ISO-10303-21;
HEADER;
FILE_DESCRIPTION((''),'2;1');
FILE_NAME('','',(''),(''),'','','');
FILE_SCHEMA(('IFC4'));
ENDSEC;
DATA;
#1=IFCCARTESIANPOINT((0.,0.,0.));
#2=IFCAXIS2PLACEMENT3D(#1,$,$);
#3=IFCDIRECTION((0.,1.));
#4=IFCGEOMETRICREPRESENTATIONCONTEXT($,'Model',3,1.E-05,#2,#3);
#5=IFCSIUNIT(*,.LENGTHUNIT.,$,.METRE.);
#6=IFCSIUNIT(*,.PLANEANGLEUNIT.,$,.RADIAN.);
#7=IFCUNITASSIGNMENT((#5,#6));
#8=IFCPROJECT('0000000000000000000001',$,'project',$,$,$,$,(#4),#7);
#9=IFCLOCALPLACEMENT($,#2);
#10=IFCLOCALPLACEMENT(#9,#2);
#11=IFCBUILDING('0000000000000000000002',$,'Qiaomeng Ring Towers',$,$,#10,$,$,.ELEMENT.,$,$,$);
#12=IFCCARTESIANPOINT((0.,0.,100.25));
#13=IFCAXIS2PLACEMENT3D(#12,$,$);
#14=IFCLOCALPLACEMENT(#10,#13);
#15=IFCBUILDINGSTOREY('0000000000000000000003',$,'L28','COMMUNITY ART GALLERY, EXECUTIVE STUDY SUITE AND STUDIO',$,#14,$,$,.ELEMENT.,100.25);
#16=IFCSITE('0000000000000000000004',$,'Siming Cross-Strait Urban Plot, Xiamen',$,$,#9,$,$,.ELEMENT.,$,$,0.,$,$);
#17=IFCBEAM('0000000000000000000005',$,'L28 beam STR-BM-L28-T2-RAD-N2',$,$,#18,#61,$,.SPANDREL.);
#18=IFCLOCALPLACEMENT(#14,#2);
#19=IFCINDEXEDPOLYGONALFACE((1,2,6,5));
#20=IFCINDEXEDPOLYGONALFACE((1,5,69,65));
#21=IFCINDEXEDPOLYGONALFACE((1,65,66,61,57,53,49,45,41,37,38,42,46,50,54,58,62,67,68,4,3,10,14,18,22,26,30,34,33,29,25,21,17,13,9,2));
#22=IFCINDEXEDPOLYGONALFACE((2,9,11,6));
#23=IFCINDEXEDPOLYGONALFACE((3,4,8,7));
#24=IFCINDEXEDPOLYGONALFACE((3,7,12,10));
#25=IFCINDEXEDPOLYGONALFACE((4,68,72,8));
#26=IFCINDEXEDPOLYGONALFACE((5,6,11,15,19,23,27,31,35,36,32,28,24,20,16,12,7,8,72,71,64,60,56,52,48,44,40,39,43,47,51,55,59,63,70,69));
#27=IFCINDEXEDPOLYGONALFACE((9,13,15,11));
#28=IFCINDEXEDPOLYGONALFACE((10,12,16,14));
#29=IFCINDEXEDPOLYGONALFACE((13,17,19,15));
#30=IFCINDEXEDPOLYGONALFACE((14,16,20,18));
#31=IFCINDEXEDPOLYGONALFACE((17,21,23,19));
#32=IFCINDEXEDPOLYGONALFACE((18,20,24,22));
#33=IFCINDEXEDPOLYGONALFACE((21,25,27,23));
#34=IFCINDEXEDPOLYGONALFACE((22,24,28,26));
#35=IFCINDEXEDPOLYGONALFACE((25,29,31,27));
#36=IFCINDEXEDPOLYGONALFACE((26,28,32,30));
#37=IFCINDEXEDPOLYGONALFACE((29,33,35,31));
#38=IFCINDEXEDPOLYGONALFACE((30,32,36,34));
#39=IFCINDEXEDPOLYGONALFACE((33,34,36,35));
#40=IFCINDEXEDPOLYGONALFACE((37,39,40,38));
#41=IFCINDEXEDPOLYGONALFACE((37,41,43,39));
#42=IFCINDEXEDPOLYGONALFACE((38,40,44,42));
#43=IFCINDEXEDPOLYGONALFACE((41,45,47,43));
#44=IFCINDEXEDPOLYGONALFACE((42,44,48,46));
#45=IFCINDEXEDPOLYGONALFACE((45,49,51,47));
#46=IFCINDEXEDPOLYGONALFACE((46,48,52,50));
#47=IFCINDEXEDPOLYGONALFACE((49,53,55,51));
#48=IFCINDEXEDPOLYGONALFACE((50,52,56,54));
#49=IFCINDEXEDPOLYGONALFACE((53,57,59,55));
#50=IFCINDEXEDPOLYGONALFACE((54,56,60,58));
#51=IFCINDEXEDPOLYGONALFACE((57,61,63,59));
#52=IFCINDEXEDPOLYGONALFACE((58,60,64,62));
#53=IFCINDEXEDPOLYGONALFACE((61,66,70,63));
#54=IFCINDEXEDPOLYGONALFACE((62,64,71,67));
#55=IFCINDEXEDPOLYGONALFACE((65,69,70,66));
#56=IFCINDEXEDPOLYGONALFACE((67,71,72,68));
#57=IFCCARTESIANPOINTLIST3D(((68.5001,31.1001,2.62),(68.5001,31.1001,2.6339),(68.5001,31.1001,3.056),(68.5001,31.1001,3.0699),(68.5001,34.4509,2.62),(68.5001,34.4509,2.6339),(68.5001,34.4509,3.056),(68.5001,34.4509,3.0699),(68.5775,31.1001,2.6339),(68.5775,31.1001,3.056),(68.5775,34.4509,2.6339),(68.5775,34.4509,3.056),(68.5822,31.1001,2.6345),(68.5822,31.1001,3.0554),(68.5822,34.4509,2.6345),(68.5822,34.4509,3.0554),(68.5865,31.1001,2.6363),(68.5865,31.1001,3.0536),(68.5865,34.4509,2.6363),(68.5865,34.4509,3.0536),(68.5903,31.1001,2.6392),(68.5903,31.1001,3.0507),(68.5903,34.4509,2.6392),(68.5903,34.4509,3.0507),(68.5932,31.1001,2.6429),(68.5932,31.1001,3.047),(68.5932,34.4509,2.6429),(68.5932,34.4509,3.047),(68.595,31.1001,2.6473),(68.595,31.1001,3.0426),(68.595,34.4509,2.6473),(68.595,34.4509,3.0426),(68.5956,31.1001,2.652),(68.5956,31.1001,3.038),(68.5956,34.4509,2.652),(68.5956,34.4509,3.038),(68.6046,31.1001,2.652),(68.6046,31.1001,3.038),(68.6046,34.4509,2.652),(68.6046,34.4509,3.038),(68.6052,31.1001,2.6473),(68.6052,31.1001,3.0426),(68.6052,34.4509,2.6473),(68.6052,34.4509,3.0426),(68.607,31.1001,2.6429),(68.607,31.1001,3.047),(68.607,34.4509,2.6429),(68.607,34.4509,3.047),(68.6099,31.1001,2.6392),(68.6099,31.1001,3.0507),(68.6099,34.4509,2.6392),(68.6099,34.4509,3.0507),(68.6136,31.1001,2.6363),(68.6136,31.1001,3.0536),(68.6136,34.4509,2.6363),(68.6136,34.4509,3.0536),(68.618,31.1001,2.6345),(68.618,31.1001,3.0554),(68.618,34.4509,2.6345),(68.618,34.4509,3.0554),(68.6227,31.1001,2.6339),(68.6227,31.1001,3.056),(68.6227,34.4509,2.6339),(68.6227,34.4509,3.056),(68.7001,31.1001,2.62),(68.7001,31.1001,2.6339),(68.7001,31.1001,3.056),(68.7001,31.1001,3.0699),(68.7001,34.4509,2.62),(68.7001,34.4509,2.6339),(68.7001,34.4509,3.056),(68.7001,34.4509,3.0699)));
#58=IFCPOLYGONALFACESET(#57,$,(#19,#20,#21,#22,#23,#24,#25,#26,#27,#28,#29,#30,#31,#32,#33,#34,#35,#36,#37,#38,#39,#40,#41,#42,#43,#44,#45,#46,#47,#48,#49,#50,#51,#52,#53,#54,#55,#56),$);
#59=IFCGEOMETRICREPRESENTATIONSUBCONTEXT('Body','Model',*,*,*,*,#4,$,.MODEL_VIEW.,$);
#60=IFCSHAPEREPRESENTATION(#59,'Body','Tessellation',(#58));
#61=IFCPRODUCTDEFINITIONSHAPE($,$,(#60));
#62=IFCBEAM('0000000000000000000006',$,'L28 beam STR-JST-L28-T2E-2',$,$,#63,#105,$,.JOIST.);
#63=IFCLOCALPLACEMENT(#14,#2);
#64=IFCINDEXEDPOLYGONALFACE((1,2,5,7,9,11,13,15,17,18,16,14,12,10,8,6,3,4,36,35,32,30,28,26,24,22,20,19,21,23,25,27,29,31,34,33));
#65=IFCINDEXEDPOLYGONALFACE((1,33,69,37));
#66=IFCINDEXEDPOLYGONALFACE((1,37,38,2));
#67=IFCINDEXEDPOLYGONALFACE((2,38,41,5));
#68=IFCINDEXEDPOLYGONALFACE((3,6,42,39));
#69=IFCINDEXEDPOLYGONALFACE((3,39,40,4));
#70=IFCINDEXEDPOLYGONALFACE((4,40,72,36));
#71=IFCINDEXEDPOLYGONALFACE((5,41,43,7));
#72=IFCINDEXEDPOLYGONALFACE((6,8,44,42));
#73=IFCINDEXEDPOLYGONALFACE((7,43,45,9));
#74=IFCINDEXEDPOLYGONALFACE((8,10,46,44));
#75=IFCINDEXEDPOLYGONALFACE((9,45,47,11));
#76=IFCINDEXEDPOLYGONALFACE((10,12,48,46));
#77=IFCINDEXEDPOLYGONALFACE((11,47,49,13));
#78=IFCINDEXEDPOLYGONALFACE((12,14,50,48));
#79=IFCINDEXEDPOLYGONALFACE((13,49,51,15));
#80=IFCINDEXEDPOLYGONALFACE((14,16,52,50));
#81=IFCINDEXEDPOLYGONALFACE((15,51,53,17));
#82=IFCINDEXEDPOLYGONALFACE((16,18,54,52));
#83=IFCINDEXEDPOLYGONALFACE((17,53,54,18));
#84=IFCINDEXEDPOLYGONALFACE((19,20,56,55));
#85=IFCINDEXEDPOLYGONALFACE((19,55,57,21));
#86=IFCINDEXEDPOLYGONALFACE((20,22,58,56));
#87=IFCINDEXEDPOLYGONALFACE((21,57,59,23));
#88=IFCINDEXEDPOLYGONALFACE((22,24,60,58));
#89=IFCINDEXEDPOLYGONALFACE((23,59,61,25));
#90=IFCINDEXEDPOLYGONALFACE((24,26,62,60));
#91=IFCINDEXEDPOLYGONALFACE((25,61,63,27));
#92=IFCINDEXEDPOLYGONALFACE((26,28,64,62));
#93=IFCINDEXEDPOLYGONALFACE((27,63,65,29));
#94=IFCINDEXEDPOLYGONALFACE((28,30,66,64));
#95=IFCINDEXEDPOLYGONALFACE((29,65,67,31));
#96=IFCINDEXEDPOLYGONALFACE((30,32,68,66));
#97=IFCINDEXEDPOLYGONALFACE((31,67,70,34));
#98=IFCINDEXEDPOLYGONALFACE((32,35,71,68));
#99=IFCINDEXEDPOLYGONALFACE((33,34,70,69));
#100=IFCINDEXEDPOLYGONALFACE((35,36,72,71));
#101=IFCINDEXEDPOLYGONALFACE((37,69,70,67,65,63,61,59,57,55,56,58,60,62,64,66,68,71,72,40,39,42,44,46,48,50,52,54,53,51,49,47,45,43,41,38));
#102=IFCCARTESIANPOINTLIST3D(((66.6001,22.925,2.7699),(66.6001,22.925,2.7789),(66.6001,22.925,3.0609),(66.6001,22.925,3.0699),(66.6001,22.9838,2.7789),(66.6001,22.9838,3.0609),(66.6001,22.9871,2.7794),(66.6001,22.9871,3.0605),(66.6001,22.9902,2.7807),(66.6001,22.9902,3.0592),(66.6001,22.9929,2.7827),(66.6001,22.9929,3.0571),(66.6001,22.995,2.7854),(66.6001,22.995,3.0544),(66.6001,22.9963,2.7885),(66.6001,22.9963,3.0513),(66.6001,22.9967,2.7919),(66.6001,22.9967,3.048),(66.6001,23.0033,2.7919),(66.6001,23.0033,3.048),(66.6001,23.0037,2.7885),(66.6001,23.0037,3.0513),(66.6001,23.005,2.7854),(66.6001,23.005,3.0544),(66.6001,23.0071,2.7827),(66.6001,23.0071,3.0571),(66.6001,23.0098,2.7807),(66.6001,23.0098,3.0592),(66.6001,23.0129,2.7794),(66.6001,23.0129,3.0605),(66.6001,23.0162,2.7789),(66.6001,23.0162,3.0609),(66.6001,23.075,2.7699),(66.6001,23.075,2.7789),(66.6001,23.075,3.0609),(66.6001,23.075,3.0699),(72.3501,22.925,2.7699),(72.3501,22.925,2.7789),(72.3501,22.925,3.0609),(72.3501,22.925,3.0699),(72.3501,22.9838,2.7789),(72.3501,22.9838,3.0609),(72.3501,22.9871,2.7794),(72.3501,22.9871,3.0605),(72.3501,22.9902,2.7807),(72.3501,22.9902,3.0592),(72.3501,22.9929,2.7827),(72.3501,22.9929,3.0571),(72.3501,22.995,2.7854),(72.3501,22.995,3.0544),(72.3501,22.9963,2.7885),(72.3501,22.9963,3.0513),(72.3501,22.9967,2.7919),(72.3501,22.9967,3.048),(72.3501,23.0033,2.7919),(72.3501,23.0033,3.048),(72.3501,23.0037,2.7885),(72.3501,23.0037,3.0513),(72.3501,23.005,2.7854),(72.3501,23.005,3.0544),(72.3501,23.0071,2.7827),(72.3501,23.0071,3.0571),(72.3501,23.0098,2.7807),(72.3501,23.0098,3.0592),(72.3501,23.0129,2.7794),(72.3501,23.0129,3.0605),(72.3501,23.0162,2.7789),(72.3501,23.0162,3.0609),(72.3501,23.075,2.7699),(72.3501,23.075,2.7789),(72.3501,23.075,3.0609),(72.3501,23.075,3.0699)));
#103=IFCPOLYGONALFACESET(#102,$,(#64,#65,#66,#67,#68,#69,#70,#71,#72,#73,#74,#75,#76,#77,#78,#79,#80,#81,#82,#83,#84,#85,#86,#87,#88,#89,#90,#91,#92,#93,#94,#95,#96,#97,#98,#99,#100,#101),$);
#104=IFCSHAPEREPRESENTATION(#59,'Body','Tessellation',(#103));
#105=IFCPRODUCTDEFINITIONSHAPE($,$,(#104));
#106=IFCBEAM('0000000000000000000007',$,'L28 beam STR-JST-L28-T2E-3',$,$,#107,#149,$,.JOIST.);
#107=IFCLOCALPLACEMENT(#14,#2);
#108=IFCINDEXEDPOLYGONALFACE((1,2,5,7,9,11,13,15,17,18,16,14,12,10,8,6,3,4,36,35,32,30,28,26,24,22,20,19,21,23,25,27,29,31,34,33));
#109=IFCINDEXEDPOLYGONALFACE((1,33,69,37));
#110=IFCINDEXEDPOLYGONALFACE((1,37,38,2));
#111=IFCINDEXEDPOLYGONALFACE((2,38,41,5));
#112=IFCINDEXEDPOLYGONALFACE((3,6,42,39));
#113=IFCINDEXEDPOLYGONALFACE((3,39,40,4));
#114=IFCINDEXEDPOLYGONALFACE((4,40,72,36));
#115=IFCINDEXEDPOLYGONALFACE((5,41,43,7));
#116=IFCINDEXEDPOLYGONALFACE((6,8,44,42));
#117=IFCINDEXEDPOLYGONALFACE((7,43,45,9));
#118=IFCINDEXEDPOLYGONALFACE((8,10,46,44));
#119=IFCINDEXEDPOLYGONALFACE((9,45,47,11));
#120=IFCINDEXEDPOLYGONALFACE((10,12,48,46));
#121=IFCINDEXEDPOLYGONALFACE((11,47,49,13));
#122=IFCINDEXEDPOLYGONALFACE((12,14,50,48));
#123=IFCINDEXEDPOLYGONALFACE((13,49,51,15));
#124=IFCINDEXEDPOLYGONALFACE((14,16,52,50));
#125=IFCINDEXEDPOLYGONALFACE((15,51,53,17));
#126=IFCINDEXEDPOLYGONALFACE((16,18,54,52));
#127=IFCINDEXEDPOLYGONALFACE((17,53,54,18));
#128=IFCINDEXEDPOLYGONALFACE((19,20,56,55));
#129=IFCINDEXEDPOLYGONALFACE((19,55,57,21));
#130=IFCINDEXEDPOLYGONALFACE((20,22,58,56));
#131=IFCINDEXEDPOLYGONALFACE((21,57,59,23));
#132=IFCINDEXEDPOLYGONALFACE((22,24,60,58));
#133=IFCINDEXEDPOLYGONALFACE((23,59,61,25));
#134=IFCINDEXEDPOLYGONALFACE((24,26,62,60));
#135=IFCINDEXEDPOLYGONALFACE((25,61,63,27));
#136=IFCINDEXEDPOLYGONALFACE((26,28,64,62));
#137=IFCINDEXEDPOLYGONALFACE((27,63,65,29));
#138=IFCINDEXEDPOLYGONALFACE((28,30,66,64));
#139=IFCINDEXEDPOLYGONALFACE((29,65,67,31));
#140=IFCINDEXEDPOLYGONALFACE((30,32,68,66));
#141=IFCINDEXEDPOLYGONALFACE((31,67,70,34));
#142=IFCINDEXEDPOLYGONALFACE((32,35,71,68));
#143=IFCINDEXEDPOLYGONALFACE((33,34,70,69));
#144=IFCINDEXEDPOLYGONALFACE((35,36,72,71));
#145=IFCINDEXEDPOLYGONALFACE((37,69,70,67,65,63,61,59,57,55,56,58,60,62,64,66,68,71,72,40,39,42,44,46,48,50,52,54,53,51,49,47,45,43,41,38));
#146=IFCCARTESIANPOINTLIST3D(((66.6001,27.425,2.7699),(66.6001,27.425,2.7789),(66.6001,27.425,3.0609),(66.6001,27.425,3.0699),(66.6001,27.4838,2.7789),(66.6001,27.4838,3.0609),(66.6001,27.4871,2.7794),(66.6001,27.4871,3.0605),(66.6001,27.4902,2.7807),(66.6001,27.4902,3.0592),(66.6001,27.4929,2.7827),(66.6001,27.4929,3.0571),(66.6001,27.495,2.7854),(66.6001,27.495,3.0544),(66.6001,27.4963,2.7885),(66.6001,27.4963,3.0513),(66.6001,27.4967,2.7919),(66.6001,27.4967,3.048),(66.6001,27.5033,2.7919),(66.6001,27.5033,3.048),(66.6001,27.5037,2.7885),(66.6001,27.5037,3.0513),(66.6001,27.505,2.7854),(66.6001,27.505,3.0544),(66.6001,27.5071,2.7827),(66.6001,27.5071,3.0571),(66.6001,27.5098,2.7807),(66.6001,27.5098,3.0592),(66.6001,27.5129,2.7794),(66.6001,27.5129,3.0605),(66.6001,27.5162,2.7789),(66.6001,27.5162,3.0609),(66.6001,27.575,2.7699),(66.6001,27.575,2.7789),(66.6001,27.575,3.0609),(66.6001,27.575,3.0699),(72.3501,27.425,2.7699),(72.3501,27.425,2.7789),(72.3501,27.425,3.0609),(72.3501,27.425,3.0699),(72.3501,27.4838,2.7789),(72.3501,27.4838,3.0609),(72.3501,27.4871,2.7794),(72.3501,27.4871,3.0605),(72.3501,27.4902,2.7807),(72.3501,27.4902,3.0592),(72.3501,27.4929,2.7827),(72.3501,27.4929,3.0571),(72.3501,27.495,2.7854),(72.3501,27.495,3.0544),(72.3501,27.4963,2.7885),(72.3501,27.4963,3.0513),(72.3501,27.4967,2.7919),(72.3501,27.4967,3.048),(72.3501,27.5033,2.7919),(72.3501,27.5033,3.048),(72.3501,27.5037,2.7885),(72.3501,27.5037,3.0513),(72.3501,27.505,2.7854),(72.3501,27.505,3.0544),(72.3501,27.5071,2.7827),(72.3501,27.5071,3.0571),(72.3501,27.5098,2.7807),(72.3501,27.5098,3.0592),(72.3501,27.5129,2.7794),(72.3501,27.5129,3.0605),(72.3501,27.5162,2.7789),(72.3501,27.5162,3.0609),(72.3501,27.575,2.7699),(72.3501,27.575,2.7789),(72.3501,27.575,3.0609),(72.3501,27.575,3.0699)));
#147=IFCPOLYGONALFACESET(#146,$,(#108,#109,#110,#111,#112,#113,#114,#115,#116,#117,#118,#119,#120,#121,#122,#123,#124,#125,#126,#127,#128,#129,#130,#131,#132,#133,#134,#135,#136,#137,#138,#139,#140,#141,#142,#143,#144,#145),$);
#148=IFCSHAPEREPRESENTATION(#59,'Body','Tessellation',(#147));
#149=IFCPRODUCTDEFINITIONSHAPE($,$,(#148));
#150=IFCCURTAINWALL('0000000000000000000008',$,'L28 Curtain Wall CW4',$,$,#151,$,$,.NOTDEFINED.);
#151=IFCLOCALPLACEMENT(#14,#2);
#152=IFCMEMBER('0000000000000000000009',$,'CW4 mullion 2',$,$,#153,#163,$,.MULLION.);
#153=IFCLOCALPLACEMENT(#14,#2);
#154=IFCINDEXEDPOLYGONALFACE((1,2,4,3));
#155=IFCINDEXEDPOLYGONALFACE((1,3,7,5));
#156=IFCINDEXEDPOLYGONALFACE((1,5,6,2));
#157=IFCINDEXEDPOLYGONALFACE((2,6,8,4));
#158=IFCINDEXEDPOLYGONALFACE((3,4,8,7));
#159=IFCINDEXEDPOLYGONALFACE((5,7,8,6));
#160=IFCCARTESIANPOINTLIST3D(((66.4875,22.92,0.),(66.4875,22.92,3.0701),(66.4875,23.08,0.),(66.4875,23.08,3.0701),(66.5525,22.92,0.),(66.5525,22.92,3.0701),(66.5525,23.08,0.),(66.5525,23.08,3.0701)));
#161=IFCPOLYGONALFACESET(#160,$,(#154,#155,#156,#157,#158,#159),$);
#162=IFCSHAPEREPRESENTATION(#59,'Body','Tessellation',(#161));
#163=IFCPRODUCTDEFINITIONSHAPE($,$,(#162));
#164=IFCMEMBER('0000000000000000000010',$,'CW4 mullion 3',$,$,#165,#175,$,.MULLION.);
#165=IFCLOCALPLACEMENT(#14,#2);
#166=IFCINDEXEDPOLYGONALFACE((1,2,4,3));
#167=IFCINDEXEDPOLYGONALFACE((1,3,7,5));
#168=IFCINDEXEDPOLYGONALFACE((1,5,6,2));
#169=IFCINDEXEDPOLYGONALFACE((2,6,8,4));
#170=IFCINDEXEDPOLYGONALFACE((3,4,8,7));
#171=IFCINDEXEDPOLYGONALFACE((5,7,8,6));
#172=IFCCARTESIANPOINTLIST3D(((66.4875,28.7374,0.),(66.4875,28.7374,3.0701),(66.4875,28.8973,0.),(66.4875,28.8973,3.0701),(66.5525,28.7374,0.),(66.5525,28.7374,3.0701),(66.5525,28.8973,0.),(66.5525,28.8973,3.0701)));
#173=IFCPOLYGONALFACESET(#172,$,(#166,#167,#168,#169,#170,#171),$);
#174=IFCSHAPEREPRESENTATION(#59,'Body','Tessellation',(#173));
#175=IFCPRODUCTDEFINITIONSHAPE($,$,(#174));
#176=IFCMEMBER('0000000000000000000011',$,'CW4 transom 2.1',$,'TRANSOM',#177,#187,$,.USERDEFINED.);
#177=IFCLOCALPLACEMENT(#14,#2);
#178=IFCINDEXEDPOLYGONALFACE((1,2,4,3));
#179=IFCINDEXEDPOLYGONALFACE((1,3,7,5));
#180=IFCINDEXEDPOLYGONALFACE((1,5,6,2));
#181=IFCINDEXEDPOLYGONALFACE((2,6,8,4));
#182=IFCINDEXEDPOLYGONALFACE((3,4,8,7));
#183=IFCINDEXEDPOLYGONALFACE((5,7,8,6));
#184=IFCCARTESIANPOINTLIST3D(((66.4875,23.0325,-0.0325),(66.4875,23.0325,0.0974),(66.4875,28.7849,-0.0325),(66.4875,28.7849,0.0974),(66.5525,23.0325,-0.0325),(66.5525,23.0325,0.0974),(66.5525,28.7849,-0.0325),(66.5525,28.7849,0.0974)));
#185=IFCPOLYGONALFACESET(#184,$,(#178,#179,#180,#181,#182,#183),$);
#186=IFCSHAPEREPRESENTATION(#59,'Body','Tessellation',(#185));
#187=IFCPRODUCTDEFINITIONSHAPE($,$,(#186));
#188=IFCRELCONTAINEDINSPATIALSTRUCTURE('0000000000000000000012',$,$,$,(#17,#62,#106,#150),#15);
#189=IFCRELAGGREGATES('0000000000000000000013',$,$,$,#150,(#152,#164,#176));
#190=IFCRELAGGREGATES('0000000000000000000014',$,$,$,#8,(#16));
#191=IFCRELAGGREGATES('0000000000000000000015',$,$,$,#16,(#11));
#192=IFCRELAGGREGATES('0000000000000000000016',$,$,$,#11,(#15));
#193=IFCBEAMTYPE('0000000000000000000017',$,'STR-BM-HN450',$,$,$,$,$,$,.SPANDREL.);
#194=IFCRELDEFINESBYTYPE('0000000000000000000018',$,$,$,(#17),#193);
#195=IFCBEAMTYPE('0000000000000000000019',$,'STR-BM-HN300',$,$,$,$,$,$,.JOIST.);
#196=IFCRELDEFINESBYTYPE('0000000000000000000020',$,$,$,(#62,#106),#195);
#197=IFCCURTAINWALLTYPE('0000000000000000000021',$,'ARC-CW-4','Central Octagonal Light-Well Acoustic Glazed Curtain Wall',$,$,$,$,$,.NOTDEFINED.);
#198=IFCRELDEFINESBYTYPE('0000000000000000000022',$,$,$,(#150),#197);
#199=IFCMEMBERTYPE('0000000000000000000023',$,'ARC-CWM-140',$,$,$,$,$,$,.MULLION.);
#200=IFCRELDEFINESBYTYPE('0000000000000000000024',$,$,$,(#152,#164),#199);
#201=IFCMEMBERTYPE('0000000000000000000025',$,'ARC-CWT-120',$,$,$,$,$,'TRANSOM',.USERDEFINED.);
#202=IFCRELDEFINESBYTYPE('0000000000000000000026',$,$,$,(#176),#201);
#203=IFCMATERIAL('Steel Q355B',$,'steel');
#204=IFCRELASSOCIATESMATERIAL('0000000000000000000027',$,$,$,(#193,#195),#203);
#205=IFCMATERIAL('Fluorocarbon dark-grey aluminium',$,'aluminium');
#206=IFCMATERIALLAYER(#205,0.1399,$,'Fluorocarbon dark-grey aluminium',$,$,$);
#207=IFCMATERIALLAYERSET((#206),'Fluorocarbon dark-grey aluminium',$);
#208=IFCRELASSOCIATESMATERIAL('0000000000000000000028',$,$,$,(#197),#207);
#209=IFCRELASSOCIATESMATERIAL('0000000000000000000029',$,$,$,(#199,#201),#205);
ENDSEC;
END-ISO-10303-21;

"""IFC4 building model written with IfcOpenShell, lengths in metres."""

from ifc_helpers import new_model, si_unit, direction, frame, origin, origin_2d, place, context, subcontext, project, spatial, rectangle, i_section, extrude, source, transform, mapped, material, layer, layer_set, material_profile, profile_set, type_object, element, aggregate, save


model = new_model("IFC4")

# Units and contexts
model_context = context("Model", 3, precision=1e-05, world=origin(), true_north=direction((0.0, 1.0)))
body_context = subcontext(model_context, "Body", "Model", "MODEL_VIEW")
ifc_project = project(units=[si_unit("LENGTHUNIT", "METRE"), si_unit("PLANEANGLEUNIT", "RADIAN")], contexts=[model_context])

# Site, building, storey
site_placement = place(None, origin())
site = spatial("IfcSite", under=ifc_project, at=site_placement, Name="Siming Cross-Strait Urban Plot, Xiamen", CompositionType="ELEMENT", RefElevation=0.0)
building_placement = place(site_placement, origin())
building = spatial("IfcBuilding", under=site, at=building_placement, Name="Qiaomeng Ring Towers", CompositionType="ELEMENT")
storey_placement = place(building_placement, frame((0.0, 0.0, 100.25)))
storey = spatial("IfcBuildingStorey", under=building, at=storey_placement, Name="L28", Description="COMMUNITY ART GALLERY, EXECUTIVE STUDY SUITE AND STUDIO", CompositionType="ELEMENT", Elevation=100.25)

# Beams
ifc_material_1 = material(Name="Steel Q355B", Category="steel")
ifc_material_profile_1 = material_profile(ifc_material_1, i_section(OverallWidth=0.2, OverallDepth=0.45, WebThickness=0.009, FlangeThickness=0.0139, FilletRadius=0.0181, at=origin_2d()), Name="HN 450x200x9x14")
ifc_profile_set_1 = profile_set([ifc_material_profile_1], Name="Steel Q355B")
beam_type_1 = type_object("IfcBeamType", Name="STR-BM-HN450", PredefinedType="SPANDREL", material=ifc_profile_set_1)
shared_shape_1 = source(origin(), body_context, "Body", "SweptSolid", [
    extrude(i_section(OverallWidth=0.2, OverallDepth=0.45, WebThickness=0.009, FlangeThickness=0.0139, FilletRadius=0.0181, at=origin_2d()), origin(), (0.0, 0.0, 1.0), 3.3508),
])
beam_1_placement = place(storey_placement, frame((68.6001, 34.4509, 2.845), z_axis=(0.0, -1.0, 0.0), x_axis=(1.0, 0.0, 0.0)))
element("IfcBeam", 1, at=beam_1_placement, inside=storey, type_object=beam_type_1, Name="L28 beam STR-BM-L28-T2-RAD-N2", PredefinedType="SPANDREL", context=body_context, shape_type="MappedRepresentation", body=[
    mapped(shared_shape_1, transform((0.0, 0.0, 0.0), x_axis=(1.0, 0.0, 0.0), y_axis=(0.0, 1.0, 0.0), z_axis=(0.0, 0.0, 1.0), scale=1.0)),
])
ifc_material_profile_2 = material_profile(ifc_material_1, i_section(OverallWidth=0.1499, OverallDepth=0.3, WebThickness=0.0066, FlangeThickness=0.009, FilletRadius=0.0129, at=origin_2d()), Name="HN 300x150x6.5x9")
ifc_profile_set_2 = profile_set([ifc_material_profile_2], Name="Steel Q355B")
beam_type_2 = type_object("IfcBeamType", Name="STR-BM-HN300", PredefinedType="JOIST", material=ifc_profile_set_2)
shared_shape_2 = source(origin(), body_context, "Body", "SweptSolid", [
    extrude(i_section(OverallWidth=0.1499, OverallDepth=0.3, WebThickness=0.0066, FlangeThickness=0.009, FilletRadius=0.0129, at=origin_2d()), origin(), (0.0, 0.0, 1.0), 5.75),
])
for number, where, z_axis, x_axis, name in (
    (2, (66.6001, 23.0, 2.9199), (1.0, 0.0, 0.0), (0.0, 1.0, 0.0), "L28 beam STR-JST-L28-T2E-2"),
    (3, (66.6001, 27.5, 2.9199), (1.0, 0.0, 0.0), (0.0, 1.0, 0.0), "L28 beam STR-JST-L28-T2E-3"),
):
    element("IfcBeam", number, at=place(storey_placement, frame(where, z_axis=z_axis, x_axis=x_axis)), inside=storey, type_object=beam_type_2, Name=name, PredefinedType="JOIST", context=body_context, shape_type="MappedRepresentation", body=[
        mapped(shared_shape_2, transform((0.0, 0.0, 0.0), x_axis=(1.0, 0.0, 0.0), y_axis=(0.0, 1.0, 0.0), z_axis=(0.0, 0.0, 1.0), scale=1.0)),
    ])

# Curtain wall, members
ifc_material_2 = material(Name="Fluorocarbon dark-grey aluminium", Category="aluminium")
ifc_layer_1 = layer(ifc_material_2, 0.1399, Name="Fluorocarbon dark-grey aluminium")
ifc_layer_set_1 = layer_set([ifc_layer_1], Name="Fluorocarbon dark-grey aluminium")
curtain_wall_type_1 = type_object("IfcCurtainWallType", Name="ARC-CW-4", Description="Central Octagonal Light-Well Acoustic Glazed Curtain Wall", PredefinedType="NOTDEFINED", material=ifc_layer_set_1)
curtain_wall_1_placement = place(storey_placement, origin())
curtain_wall_1 = element("IfcCurtainWall", 4, at=curtain_wall_1_placement, inside=storey, type_object=curtain_wall_type_1, Name="L28 Curtain Wall CW4", PredefinedType="NOTDEFINED")
ifc_material_profile_3 = material_profile(ifc_material_2, rectangle(XDim=0.0649, YDim=0.1599, at=origin_2d()), Name="ALU MULL 65x160")
ifc_profile_set_3 = profile_set([ifc_material_profile_3], Name="Fluorocarbon dark-grey aluminium")
member_type_1 = type_object("IfcMemberType", Name="ARC-CWM-140", PredefinedType="MULLION", material=ifc_profile_set_3)
shared_shape_3 = source(origin(), body_context, "Body", "SweptSolid", [
    extrude(rectangle(XDim=0.0649, YDim=0.1599, at=origin_2d()), origin(), (0.0, 0.0, 1.0), 3.0701),
])
member_1_placement = place(storey_placement, frame((66.52, 23.0, 0.0), z_axis=(0.0, 0.0, 1.0), x_axis=(-1.0, 0.0, 0.0)))
member_1 = element("IfcMember", 5, at=member_1_placement, type_object=member_type_1, Name="CW4 mullion 2", PredefinedType="MULLION", context=body_context, shape_type="MappedRepresentation", body=[
    mapped(shared_shape_3, transform((0.0, 0.0, 0.0), x_axis=(1.0, 0.0, 0.0), y_axis=(0.0, 1.0, 0.0), z_axis=(0.0, 0.0, 1.0), scale=1.0)),
])
member_2_placement = place(storey_placement, frame((66.52, 28.8174, 0.0), z_axis=(0.0, 0.0, 1.0), x_axis=(-1.0, 0.0, 0.0)))
member_2 = element("IfcMember", 6, at=member_2_placement, type_object=member_type_1, Name="CW4 mullion 3", PredefinedType="MULLION", context=body_context, shape_type="MappedRepresentation", body=[
    mapped(shared_shape_3, transform((0.0, 0.0, 0.0), x_axis=(1.0, 0.0, 0.0), y_axis=(0.0, 1.0, 0.0), z_axis=(0.0, 0.0, 1.0), scale=1.0)),
])
ifc_material_profile_4 = material_profile(ifc_material_2, rectangle(XDim=0.0649, YDim=0.1299, at=origin_2d()), Name="ALU TRAN 65x130")
ifc_profile_set_4 = profile_set([ifc_material_profile_4], Name="Fluorocarbon dark-grey aluminium")
member_type_2 = type_object("IfcMemberType", Name="ARC-CWT-120", ElementType="TRANSOM", PredefinedType="USERDEFINED", material=ifc_profile_set_4)
shared_shape_4 = source(origin(), body_context, "Body", "SweptSolid", [
    extrude(rectangle(XDim=0.0649, YDim=0.1299, at=origin_2d()), origin(), (0.0, 0.0, 1.0), 5.7524),
])
member_3_placement = place(storey_placement, frame((66.52, 23.0325, 0.0325), z_axis=(0.0, 1.0, 0.0), x_axis=(-1.0, 0.0, 0.0)))
member_3 = element("IfcMember", 7, at=member_3_placement, type_object=member_type_2, Name="CW4 transom 2.1", ObjectType="TRANSOM", PredefinedType="USERDEFINED", context=body_context, shape_type="MappedRepresentation", body=[
    mapped(shared_shape_4, transform((0.0, 0.0, 0.0), x_axis=(1.0, 0.0, 0.0), y_axis=(0.0, 1.0, 0.0), z_axis=(0.0, 0.0, 1.0), scale=1.0)),
])

aggregate(curtain_wall_1, [member_1, member_2, member_3])

save(model, "model.ifc")
